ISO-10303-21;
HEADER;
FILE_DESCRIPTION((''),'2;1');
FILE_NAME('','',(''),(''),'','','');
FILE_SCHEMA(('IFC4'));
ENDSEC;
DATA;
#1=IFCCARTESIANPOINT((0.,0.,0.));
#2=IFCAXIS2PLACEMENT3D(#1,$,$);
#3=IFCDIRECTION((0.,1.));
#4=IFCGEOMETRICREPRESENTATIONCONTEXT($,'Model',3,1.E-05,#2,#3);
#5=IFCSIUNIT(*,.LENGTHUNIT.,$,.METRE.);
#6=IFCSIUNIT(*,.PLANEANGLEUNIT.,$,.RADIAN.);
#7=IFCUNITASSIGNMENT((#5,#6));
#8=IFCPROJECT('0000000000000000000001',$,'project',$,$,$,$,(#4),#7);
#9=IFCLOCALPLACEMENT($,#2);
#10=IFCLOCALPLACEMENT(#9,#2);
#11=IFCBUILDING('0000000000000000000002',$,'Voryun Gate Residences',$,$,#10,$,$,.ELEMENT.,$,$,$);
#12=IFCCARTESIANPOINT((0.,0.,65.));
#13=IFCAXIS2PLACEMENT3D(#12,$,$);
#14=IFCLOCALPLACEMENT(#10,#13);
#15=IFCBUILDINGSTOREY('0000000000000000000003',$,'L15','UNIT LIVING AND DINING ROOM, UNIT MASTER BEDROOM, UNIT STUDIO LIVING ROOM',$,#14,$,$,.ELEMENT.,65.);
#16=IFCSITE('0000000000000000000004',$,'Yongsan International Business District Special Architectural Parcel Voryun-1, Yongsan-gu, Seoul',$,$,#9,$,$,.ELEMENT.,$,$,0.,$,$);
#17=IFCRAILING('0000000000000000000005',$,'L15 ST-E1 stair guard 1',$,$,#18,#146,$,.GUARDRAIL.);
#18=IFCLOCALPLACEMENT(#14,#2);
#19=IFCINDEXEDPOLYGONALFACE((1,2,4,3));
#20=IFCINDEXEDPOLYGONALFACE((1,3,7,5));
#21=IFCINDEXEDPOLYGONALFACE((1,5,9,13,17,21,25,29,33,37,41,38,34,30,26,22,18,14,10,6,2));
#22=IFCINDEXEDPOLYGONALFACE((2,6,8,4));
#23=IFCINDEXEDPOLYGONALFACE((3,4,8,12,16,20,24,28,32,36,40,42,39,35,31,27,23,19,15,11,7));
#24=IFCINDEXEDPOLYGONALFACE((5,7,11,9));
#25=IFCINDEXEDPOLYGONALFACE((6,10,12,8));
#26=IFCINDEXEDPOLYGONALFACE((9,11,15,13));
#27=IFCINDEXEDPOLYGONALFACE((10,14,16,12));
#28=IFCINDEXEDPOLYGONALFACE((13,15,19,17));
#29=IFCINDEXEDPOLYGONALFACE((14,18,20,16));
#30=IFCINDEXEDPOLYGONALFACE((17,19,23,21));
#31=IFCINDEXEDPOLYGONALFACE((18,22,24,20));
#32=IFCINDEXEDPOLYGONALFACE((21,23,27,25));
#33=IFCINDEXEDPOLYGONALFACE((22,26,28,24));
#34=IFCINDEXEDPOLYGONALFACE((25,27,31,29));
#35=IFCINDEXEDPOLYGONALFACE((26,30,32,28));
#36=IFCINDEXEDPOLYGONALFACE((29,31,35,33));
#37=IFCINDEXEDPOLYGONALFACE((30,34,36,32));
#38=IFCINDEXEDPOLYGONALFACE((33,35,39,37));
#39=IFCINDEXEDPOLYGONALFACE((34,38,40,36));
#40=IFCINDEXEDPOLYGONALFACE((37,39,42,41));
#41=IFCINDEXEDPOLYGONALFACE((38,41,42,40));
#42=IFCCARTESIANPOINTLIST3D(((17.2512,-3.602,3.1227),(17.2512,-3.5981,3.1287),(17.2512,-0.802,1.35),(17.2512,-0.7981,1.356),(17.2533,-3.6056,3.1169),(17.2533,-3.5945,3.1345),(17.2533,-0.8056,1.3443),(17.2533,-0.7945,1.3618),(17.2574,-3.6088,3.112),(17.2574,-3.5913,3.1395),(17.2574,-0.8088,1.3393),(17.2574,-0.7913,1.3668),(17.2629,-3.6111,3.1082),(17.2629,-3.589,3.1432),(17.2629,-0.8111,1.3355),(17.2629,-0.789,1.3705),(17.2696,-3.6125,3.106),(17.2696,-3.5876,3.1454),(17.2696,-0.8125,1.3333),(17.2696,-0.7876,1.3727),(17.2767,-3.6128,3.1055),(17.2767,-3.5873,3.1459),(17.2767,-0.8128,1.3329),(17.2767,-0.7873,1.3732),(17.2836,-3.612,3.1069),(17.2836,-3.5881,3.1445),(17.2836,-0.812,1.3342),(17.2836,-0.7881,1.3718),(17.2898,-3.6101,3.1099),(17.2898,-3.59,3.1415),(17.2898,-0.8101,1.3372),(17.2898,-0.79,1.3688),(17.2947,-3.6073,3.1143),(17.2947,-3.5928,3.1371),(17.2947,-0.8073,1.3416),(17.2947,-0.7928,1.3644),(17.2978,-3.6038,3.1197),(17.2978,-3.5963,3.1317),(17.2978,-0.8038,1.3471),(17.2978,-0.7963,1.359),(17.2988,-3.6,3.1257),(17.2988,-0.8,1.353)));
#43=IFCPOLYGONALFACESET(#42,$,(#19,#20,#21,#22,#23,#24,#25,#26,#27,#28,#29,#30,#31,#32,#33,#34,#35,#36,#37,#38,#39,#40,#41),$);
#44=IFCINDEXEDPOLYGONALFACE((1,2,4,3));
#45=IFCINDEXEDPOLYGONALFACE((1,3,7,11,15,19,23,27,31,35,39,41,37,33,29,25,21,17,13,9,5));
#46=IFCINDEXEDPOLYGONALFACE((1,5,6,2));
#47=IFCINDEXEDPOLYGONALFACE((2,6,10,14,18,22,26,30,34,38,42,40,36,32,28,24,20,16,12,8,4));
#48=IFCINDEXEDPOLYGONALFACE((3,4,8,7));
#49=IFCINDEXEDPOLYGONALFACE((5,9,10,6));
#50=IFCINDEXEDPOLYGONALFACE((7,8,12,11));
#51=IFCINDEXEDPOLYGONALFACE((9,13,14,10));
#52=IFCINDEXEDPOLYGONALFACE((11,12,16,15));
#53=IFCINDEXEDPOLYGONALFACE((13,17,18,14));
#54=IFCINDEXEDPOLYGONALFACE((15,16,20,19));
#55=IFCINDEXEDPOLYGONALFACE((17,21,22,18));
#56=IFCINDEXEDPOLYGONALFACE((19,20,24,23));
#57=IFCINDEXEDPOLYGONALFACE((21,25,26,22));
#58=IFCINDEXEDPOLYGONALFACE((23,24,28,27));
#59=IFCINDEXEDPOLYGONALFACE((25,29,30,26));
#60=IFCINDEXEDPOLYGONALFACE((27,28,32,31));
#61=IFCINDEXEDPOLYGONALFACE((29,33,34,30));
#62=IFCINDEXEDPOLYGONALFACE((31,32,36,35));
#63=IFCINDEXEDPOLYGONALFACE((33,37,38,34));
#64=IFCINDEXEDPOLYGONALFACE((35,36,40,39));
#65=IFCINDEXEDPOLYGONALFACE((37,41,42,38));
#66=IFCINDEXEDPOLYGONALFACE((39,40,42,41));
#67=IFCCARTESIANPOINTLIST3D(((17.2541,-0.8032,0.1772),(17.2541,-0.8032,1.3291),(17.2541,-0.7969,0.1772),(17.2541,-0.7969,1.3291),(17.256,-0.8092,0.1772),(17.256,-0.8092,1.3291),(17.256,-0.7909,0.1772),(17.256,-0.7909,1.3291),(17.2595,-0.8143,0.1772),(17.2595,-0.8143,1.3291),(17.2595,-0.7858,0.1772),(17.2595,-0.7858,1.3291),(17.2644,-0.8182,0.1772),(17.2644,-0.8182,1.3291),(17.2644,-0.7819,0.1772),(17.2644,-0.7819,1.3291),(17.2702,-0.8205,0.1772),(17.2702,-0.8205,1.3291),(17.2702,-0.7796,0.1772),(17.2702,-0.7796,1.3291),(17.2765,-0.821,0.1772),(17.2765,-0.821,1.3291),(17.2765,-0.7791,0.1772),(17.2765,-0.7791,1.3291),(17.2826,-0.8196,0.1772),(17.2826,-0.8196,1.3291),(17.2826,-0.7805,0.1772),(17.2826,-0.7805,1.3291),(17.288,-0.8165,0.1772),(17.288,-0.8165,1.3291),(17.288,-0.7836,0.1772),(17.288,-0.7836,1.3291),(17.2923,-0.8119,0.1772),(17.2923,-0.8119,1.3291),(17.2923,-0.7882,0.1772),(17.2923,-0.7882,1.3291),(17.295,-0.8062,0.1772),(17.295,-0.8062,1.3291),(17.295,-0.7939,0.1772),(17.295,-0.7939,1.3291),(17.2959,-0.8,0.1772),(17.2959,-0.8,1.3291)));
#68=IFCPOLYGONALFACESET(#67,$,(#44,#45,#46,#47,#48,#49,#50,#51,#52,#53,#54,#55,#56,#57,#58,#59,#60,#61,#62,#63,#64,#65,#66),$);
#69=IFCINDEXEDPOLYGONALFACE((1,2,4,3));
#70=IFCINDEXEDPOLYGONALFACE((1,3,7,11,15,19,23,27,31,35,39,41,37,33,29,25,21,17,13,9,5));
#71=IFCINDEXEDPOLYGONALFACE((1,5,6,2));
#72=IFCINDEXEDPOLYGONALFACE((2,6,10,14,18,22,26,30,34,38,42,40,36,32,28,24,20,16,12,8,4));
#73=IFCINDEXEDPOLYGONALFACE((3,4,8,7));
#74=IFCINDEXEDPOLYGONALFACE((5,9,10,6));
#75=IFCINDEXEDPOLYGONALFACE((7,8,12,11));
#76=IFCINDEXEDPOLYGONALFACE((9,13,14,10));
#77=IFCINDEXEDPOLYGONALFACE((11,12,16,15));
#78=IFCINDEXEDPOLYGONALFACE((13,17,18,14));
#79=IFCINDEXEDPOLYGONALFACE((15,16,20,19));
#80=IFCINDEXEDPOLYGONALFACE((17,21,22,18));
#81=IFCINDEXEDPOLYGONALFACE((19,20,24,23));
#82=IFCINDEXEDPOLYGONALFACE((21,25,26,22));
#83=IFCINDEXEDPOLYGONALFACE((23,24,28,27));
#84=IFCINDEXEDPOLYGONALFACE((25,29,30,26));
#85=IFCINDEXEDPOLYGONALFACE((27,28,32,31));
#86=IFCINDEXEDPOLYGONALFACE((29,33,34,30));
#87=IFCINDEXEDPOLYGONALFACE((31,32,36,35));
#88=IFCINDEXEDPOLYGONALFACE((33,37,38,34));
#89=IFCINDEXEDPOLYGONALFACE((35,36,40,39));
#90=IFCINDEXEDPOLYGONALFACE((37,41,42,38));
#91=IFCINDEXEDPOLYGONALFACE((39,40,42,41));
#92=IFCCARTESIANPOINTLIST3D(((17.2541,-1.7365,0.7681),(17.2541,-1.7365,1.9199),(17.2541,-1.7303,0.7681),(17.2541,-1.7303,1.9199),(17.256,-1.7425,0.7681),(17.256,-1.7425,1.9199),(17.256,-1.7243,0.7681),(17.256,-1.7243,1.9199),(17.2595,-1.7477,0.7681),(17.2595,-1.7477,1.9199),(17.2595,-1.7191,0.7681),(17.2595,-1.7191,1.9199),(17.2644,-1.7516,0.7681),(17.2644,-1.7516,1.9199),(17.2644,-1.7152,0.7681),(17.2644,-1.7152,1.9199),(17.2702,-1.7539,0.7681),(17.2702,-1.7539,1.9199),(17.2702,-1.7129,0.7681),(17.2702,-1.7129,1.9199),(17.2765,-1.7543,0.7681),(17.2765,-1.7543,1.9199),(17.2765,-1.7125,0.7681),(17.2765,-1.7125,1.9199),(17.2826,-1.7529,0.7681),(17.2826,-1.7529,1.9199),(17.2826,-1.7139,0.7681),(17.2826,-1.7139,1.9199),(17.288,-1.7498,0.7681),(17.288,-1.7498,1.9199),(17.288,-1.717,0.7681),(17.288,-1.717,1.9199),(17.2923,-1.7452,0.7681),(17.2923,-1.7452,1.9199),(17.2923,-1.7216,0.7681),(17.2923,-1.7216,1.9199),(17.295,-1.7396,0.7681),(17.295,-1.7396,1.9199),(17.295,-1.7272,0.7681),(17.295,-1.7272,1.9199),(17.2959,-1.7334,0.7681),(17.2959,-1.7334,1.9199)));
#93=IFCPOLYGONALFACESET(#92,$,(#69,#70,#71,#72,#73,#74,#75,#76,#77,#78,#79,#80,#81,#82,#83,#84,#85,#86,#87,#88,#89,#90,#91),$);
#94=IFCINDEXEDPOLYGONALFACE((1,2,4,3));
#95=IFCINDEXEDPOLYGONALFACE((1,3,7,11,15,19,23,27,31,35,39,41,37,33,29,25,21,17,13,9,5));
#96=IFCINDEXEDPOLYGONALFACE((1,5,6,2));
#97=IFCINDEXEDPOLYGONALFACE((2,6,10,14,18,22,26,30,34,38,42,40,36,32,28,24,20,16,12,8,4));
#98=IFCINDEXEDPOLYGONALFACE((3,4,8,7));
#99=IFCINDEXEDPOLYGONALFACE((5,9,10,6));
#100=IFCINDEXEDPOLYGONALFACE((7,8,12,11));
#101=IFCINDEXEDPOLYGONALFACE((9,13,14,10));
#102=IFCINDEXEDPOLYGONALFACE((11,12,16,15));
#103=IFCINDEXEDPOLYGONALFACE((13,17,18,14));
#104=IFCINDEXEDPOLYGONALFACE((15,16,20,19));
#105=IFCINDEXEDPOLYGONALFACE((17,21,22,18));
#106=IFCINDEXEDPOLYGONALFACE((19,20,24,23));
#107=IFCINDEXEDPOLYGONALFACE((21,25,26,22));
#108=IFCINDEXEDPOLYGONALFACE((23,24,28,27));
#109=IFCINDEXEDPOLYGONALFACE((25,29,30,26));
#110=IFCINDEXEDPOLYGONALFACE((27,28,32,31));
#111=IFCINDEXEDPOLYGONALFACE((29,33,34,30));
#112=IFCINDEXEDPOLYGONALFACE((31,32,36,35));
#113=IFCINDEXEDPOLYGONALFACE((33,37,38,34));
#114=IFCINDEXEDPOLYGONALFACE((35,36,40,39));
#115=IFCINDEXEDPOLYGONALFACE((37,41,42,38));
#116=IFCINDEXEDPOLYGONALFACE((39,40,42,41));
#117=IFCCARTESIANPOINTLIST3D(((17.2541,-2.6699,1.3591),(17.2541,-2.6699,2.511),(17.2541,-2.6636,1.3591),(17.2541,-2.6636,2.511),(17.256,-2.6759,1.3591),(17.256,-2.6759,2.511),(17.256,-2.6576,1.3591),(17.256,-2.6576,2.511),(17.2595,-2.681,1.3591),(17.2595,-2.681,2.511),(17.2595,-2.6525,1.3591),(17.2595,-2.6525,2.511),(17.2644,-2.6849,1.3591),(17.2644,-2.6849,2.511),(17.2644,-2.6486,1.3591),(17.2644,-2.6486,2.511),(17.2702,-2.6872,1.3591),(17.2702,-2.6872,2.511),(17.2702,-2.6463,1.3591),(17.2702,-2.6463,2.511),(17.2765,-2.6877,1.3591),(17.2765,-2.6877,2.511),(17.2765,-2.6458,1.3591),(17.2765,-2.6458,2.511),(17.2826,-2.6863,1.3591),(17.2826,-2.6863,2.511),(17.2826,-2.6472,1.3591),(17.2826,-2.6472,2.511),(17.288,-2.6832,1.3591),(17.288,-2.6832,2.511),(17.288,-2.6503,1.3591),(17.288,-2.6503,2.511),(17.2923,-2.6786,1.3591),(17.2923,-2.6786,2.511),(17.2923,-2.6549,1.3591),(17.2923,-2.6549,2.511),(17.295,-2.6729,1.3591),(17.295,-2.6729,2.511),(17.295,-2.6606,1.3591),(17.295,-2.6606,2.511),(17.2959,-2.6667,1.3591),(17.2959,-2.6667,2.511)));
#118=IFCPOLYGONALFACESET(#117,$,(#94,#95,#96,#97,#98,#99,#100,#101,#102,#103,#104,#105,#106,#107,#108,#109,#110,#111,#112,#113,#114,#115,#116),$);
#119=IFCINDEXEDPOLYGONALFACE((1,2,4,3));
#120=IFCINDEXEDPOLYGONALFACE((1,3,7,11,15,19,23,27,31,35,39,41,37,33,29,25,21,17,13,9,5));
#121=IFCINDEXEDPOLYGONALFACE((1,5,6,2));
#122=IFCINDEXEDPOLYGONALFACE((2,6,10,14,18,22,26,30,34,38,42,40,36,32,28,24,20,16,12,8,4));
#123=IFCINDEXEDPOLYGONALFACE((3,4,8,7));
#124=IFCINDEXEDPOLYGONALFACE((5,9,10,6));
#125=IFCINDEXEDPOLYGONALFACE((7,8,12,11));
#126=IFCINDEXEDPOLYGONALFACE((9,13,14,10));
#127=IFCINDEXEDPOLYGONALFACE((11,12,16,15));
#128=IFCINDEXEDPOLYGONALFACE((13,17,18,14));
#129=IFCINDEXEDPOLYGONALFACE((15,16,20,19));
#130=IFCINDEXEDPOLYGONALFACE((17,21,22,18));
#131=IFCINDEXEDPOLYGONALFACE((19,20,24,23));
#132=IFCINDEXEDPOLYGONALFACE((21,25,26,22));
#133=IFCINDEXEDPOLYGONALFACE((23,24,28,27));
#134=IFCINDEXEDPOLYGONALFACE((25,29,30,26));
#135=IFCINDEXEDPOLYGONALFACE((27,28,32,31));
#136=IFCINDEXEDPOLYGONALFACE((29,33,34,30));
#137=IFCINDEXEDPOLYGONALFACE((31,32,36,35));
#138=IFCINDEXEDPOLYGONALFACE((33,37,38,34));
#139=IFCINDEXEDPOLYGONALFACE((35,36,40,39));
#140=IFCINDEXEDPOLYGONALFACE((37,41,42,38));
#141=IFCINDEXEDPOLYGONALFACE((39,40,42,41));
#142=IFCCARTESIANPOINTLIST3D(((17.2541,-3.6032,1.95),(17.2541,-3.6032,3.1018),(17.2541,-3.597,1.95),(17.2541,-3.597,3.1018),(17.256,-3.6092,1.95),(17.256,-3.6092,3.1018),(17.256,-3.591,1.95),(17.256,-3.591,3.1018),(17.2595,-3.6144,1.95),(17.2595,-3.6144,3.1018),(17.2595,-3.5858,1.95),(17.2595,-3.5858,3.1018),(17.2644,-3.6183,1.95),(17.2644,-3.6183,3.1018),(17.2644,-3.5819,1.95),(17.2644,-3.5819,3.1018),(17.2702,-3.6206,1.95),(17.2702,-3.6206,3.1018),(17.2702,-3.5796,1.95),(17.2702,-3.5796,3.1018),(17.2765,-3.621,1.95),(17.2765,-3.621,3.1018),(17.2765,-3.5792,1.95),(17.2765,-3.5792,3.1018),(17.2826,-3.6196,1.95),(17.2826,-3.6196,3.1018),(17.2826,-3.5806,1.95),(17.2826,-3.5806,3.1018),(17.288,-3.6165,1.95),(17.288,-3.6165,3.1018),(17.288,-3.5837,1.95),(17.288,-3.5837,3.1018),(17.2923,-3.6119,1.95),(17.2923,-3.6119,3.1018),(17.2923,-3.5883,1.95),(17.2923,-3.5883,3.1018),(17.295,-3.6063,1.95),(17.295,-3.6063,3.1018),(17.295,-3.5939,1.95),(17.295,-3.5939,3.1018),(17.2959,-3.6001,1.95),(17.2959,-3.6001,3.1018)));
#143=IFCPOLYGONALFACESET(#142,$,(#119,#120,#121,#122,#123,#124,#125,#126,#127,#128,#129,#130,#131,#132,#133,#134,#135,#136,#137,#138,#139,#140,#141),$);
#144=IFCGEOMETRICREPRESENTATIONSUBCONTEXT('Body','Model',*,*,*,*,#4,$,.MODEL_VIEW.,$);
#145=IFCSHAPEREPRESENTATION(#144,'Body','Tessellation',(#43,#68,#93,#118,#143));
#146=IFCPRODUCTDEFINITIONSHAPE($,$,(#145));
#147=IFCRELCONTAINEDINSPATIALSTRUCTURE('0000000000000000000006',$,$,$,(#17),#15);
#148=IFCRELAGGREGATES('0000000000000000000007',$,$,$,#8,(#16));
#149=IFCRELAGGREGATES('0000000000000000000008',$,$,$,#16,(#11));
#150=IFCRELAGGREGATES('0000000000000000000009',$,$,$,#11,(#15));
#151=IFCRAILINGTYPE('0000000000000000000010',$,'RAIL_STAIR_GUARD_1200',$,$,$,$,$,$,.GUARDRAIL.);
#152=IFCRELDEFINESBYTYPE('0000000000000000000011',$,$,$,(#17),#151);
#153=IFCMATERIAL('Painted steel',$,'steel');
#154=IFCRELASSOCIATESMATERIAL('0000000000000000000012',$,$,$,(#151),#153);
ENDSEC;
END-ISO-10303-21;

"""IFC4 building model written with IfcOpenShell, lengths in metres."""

from ifc_helpers import new_model, si_unit, direction, frame, origin, origin_2d, place, context, subcontext, project, spatial, circle, extrude, material, type_object, element, save


model = new_model("IFC4")

# Units and contexts
model_context = context("Model", 3, precision=1e-05, world=origin(), true_north=direction((0.0, 1.0)))
body_context = subcontext(model_context, "Body", "Model", "MODEL_VIEW")
ifc_project = project(units=[si_unit("LENGTHUNIT", "METRE"), si_unit("PLANEANGLEUNIT", "RADIAN")], contexts=[model_context])

# Site, building, storey
site_placement = place(None, origin())
site = spatial("IfcSite", under=ifc_project, at=site_placement, Name="Yongsan International Business District Special Architectural Parcel Voryun-1, Yongsan-gu, Seoul", CompositionType="ELEMENT", RefElevation=0.0)
building_placement = place(site_placement, origin())
building = spatial("IfcBuilding", under=site, at=building_placement, Name="Voryun Gate Residences", CompositionType="ELEMENT")
storey_placement = place(building_placement, frame((0.0, 0.0, 65.0)))
storey = spatial("IfcBuildingStorey", under=building, at=storey_placement, Name="L15", Description="UNIT LIVING AND DINING ROOM, UNIT MASTER BEDROOM, UNIT STUDIO LIVING ROOM", CompositionType="ELEMENT", Elevation=65.0)

# Railing
ifc_material_1 = material(Name="Painted steel", Category="steel")
railing_type = type_object("IfcRailingType", Name="RAIL_STAIR_GUARD_1200", PredefinedType="GUARDRAIL", material=ifc_material_1)
railing_1_placement = place(storey_placement, frame((17.2749, -0.8, 0.1772)))
element("IfcRailing", 1, at=railing_1_placement, inside=storey, type_object=railing_type, Name="L15 ST-E1 stair guard 1", PredefinedType="GUARDRAIL", context=body_context, shape_type="SweptSolid", body=[
    extrude(circle(Radius=0.0239, at=origin_2d()), frame((0.0, 0.0, 1.1758), z_axis=(0.0, -0.844909, 0.53491), x_axis=(1.0, 0.0, 0.0)), (0.0, 0.0, 1.0), 3.314),
    extrude(circle(Radius=0.021, at=origin_2d()), origin(), (0.0, 0.0, 1.0), 1.1519),
    extrude(circle(Radius=0.021, at=origin_2d()), frame((0.0, -0.9333, 0.5908)), (0.0, 0.0, 1.0), 1.1519),
    extrude(circle(Radius=0.021, at=origin_2d()), frame((0.0, -1.8667, 1.1819)), (0.0, 0.0, 1.0), 1.1519),
    extrude(circle(Radius=0.021, at=origin_2d()), frame((0.0, -2.8, 1.7727)), (0.0, 0.0, 1.0), 1.1519),
])

save(model, "model.ifc")
